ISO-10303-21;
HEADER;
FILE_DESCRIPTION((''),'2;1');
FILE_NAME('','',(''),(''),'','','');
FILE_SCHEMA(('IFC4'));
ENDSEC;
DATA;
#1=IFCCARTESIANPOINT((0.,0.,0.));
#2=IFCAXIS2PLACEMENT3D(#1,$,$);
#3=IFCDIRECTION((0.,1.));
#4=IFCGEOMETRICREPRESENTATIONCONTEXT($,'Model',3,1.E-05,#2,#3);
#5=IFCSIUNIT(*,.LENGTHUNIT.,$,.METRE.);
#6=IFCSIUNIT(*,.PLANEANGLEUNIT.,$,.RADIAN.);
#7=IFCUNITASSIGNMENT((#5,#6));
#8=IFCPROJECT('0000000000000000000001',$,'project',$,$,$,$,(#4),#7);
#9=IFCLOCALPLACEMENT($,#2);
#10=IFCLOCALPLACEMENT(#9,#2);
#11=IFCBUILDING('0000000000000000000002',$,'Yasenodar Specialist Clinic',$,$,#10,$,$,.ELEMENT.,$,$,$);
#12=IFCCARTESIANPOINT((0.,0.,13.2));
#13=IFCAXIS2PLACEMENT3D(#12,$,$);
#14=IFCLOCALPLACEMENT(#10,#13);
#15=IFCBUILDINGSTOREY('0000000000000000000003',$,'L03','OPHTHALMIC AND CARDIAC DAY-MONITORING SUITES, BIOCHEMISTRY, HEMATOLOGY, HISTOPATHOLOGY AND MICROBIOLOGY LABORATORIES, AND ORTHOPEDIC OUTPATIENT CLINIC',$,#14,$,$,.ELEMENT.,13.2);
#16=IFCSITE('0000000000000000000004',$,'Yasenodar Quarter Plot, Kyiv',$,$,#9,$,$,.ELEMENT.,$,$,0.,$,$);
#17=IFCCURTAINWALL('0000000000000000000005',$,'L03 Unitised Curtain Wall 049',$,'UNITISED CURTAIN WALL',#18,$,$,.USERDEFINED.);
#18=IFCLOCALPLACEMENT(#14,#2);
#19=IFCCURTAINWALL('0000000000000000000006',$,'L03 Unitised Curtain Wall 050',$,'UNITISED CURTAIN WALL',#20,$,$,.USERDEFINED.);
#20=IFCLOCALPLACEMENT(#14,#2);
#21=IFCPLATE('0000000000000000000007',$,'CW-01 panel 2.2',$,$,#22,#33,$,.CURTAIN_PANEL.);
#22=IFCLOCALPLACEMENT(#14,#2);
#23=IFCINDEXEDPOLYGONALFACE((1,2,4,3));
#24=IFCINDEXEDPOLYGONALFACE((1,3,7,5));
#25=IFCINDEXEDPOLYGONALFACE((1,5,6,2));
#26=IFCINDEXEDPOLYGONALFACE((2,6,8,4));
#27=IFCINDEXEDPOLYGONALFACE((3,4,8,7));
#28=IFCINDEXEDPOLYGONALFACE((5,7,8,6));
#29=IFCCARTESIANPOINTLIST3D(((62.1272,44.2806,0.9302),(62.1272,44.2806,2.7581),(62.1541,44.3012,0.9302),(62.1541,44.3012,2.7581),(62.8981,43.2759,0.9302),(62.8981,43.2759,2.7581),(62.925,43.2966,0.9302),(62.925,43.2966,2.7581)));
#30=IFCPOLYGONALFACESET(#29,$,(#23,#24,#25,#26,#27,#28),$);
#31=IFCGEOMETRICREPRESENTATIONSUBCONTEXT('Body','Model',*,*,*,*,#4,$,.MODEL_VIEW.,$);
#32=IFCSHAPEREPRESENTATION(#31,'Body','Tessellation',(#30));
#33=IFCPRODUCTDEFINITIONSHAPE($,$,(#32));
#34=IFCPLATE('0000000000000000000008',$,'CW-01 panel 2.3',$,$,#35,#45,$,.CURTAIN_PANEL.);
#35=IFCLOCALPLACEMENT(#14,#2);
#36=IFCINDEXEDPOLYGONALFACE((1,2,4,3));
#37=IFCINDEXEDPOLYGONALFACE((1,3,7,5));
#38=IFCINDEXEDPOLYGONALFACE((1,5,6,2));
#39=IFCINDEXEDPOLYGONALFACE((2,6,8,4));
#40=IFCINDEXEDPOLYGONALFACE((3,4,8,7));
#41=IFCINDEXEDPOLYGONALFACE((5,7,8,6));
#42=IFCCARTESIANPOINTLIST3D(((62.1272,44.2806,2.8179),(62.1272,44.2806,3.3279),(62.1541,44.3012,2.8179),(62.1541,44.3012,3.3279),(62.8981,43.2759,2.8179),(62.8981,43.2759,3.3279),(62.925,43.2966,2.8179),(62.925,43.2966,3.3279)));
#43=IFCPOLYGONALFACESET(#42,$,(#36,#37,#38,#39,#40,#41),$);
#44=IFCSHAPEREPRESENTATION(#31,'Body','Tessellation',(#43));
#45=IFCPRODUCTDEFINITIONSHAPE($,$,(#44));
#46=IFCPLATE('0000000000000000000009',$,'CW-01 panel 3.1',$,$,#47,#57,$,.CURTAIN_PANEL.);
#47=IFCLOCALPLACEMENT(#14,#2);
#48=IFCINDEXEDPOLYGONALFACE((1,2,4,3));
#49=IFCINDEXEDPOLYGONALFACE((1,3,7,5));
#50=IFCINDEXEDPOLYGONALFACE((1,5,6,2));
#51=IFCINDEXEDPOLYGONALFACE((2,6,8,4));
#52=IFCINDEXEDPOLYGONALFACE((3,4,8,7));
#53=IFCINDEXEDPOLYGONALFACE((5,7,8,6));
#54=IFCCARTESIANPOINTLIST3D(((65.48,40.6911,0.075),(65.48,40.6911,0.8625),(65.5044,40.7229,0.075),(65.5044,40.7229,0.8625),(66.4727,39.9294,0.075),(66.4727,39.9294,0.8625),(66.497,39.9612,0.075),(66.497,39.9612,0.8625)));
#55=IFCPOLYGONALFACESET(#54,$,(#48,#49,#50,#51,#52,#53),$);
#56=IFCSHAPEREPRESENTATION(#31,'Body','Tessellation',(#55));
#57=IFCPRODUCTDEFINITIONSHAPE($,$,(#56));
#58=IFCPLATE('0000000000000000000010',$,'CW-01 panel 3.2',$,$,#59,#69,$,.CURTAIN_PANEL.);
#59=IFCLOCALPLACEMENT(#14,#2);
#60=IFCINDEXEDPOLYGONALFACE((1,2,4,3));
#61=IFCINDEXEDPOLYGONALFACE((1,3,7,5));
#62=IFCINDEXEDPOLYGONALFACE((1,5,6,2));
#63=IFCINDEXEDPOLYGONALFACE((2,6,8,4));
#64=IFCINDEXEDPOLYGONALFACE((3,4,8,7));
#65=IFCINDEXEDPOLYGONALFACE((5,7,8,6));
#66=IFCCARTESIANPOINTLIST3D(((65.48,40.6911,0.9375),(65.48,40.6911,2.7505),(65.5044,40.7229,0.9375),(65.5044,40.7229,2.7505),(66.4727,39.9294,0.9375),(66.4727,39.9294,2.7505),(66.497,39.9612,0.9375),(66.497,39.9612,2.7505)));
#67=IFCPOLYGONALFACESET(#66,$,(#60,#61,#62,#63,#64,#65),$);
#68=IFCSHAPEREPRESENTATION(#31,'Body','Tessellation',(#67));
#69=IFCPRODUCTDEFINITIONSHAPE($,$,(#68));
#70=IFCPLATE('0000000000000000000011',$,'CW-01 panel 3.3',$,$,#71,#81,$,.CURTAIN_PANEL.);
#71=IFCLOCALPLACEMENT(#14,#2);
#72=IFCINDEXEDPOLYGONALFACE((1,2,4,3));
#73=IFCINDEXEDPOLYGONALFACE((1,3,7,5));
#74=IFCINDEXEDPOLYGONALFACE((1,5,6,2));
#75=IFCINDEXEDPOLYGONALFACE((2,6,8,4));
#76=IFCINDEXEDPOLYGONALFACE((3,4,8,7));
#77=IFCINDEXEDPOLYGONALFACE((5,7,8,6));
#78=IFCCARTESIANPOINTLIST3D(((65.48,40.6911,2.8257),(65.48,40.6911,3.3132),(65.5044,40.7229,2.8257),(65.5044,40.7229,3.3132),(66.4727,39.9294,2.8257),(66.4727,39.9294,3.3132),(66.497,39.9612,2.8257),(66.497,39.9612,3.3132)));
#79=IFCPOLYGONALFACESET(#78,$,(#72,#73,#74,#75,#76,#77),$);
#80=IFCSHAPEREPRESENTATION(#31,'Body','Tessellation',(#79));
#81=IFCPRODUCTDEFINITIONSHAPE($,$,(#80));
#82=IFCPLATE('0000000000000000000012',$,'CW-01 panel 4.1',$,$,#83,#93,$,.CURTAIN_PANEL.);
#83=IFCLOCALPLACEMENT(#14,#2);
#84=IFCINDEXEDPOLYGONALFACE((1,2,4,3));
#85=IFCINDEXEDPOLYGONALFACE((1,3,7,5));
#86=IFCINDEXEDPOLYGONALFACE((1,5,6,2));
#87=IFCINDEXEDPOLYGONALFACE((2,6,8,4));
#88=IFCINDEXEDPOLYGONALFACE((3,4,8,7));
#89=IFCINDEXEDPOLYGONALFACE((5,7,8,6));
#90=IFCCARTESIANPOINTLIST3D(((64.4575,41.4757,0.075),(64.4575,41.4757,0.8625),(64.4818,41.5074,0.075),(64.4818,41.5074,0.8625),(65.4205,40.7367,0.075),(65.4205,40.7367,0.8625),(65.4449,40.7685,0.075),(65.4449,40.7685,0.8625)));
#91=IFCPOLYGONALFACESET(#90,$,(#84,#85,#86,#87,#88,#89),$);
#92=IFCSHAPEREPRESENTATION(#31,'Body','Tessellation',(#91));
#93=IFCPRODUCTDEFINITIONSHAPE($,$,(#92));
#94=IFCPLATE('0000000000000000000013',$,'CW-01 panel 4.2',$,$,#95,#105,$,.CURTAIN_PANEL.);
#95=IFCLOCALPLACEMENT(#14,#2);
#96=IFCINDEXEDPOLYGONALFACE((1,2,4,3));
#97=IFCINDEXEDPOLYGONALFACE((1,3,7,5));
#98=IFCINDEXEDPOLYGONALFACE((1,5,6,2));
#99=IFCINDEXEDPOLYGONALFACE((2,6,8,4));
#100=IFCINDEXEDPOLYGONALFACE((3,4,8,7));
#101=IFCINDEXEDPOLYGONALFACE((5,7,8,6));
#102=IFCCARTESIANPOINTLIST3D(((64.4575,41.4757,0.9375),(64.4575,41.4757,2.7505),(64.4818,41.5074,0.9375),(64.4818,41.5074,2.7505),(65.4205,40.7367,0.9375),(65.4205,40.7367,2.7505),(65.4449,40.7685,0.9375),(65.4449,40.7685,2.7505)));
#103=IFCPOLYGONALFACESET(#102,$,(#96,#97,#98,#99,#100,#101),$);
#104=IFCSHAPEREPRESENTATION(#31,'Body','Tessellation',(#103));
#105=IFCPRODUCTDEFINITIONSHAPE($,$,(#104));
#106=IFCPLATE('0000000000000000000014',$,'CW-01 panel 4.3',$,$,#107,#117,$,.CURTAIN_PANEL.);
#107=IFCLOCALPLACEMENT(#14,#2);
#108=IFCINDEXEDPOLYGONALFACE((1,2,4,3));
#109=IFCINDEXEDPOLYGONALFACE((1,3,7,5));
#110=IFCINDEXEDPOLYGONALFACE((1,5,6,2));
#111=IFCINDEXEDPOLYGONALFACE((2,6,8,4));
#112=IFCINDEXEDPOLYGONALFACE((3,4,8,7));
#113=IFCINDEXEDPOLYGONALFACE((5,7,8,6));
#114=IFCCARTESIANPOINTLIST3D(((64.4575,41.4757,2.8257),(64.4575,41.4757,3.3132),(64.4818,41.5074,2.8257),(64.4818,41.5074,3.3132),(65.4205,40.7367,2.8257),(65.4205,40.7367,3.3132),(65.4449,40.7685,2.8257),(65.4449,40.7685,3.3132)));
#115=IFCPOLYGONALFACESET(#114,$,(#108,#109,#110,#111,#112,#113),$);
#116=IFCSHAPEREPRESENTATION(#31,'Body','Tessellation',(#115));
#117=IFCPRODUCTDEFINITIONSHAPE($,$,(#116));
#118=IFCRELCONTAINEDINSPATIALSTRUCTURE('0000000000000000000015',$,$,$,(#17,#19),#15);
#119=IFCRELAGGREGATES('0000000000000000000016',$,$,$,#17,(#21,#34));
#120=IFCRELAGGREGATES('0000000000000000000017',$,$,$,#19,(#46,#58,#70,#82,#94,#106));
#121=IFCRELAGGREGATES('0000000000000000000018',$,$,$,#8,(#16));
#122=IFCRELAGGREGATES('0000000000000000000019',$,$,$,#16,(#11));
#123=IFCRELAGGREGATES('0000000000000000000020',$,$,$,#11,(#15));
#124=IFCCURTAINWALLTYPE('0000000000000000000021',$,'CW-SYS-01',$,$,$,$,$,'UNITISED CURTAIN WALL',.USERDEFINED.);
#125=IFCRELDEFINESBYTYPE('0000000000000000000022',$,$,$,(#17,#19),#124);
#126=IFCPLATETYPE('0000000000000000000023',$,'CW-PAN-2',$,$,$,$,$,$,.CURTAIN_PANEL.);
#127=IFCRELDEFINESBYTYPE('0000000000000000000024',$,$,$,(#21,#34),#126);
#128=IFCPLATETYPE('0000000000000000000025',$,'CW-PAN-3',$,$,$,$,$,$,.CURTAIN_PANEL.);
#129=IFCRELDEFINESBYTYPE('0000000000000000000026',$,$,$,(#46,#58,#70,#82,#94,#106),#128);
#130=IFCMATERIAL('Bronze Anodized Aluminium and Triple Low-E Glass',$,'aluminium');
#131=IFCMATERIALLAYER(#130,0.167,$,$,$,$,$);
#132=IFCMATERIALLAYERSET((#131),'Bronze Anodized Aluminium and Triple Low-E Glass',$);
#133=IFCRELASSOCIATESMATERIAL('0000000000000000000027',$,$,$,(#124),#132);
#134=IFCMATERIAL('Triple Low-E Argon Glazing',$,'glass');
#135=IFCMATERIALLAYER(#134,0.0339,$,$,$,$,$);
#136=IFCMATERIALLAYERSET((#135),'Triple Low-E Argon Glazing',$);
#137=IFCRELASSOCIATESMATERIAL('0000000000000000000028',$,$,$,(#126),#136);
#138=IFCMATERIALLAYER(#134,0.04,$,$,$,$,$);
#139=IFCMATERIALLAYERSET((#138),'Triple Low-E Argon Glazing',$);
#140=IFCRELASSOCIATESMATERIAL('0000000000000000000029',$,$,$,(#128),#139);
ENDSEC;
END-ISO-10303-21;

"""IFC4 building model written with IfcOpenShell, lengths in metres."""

from ifc_helpers import new_model, si_unit, direction, frame, origin, origin_2d, place, context, subcontext, project, spatial, rectangle, extrude, material, layer, layer_set, type_object, element, aggregate, save


model = new_model("IFC4")

# Units and contexts
model_context = context("Model", 3, precision=1e-05, world=origin(), true_north=direction((0.0, 1.0)))
body_context = subcontext(model_context, "Body", "Model", "MODEL_VIEW")
ifc_project = project(units=[si_unit("LENGTHUNIT", "METRE"), si_unit("PLANEANGLEUNIT", "RADIAN")], contexts=[model_context])

# Site, building, storey
site_placement = place(None, origin())
site = spatial("IfcSite", under=ifc_project, at=site_placement, Name="Yasenodar Quarter Plot, Kyiv", CompositionType="ELEMENT", RefElevation=0.0)
building_placement = place(site_placement, origin())
building = spatial("IfcBuilding", under=site, at=building_placement, Name="Yasenodar Specialist Clinic", CompositionType="ELEMENT")
storey_placement = place(building_placement, frame((0.0, 0.0, 13.2)))
storey = spatial("IfcBuildingStorey", under=building, at=storey_placement, Name="L03", Description="OPHTHALMIC AND CARDIAC DAY-MONITORING SUITES, BIOCHEMISTRY, HEMATOLOGY, HISTOPATHOLOGY AND MICROBIOLOGY LABORATORIES, AND ORTHOPEDIC OUTPATIENT CLINIC", CompositionType="ELEMENT", Elevation=13.2)

# Curtain walls
ifc_material_1 = material(Name="Bronze Anodized Aluminium and Triple Low-E Glass", Category="aluminium")
ifc_layer_1 = layer(ifc_material_1, 0.167)
ifc_layer_set_1 = layer_set([ifc_layer_1], Name="Bronze Anodized Aluminium and Triple Low-E Glass")
curtain_wall_type = type_object("IfcCurtainWallType", Name="CW-SYS-01", ElementType="UNITISED CURTAIN WALL", PredefinedType="USERDEFINED", material=ifc_layer_set_1)
curtain_wall_1_placement = place(storey_placement, origin())
curtain_wall_1 = element("IfcCurtainWall", 1, at=curtain_wall_1_placement, inside=storey, type_object=curtain_wall_type, Name="L03 Unitised Curtain Wall 049", ObjectType="UNITISED CURTAIN WALL", PredefinedType="USERDEFINED")
curtain_wall_2_placement = place(storey_placement, origin())
curtain_wall_2 = element("IfcCurtainWall", 2, at=curtain_wall_2_placement, inside=storey, type_object=curtain_wall_type, Name="L03 Unitised Curtain Wall 050", ObjectType="UNITISED CURTAIN WALL", PredefinedType="USERDEFINED")

# Plates
ifc_material_2 = material(Name="Triple Low-E Argon Glazing", Category="glass")
ifc_layer_2 = layer(ifc_material_2, 0.0339)
ifc_layer_set_2 = layer_set([ifc_layer_2], Name="Triple Low-E Argon Glazing")
plate_type_1 = type_object("IfcPlateType", Name="CW-PAN-2", PredefinedType="CURTAIN_PANEL", material=ifc_layer_set_2)
plate_1_placement = place(storey_placement, frame((62.5261, 43.7886, 0.9302), z_axis=(0.0, 0.0, 1.0), x_axis=(-0.608752, 0.793361, 0.0)))
plate_1 = element("IfcPlate", 3, at=plate_1_placement, type_object=plate_type_1, Name="CW-01 panel 2.2", PredefinedType="CURTAIN_PANEL", context=body_context, shape_type="SweptSolid", body=[
    extrude(rectangle(XDim=1.2664, YDim=0.0339, at=origin_2d()), origin(), (0.0, 0.0, 1.0), 1.8279),
])
plate_2_placement = place(storey_placement, frame((62.5261, 43.7886, 2.8179), z_axis=(0.0, 0.0, 1.0), x_axis=(-0.608752, 0.793361, 0.0)))
plate_2 = element("IfcPlate", 4, at=plate_2_placement, type_object=plate_type_1, Name="CW-01 panel 2.3", PredefinedType="CURTAIN_PANEL", context=body_context, shape_type="SweptSolid", body=[
    extrude(rectangle(XDim=1.2664, YDim=0.0339, at=origin_2d()), origin(), (0.0, 0.0, 1.0), 0.51),
])
aggregate(curtain_wall_1, [plate_1, plate_2])
ifc_layer_3 = layer(ifc_material_2, 0.04)
ifc_layer_set_3 = layer_set([ifc_layer_3], Name="Triple Low-E Argon Glazing")
plate_type_2 = type_object("IfcPlateType", Name="CW-PAN-3", PredefinedType="CURTAIN_PANEL", material=ifc_layer_set_3)
plate_3_placement = place(storey_placement, frame((65.9885, 40.3262, 0.075), z_axis=(0.0, 0.0, 1.0), x_axis=(-0.793361, 0.608752, 0.0)))
plate_3 = element("IfcPlate", 5, at=plate_3_placement, type_object=plate_type_2, Name="CW-01 panel 3.1", PredefinedType="CURTAIN_PANEL", context=body_context, shape_type="SweptSolid", body=[
    extrude(rectangle(XDim=1.2512, YDim=0.04, at=origin_2d()), origin(), (0.0, 0.0, 1.0), 0.7876),
])
plate_4_placement = place(storey_placement, frame((65.9885, 40.3262, 0.9375), z_axis=(0.0, 0.0, 1.0), x_axis=(-0.793361, 0.608752, 0.0)))
plate_4 = element("IfcPlate", 6, at=plate_4_placement, type_object=plate_type_2, Name="CW-01 panel 3.2", PredefinedType="CURTAIN_PANEL", context=body_context, shape_type="SweptSolid", body=[
    extrude(rectangle(XDim=1.2512, YDim=0.04, at=origin_2d()), origin(), (0.0, 0.0, 1.0), 1.813),
])
plate_5_placement = place(storey_placement, frame((65.9885, 40.3262, 2.8257), z_axis=(0.0, 0.0, 1.0), x_axis=(-0.793361, 0.608752, 0.0)))
plate_5 = element("IfcPlate", 7, at=plate_5_placement, type_object=plate_type_2, Name="CW-01 panel 3.3", PredefinedType="CURTAIN_PANEL", context=body_context, shape_type="SweptSolid", body=[
    extrude(rectangle(XDim=1.2512, YDim=0.04, at=origin_2d()), origin(), (0.0, 0.0, 1.0), 0.4875),
])
plate_6_placement = place(storey_placement, frame((64.9512, 41.1221, 0.075), z_axis=(0.0, 0.0, 1.0), x_axis=(-0.793361, 0.608752, 0.0)))
plate_6 = element("IfcPlate", 8, at=plate_6_placement, type_object=plate_type_2, Name="CW-01 panel 4.1", PredefinedType="CURTAIN_PANEL", context=body_context, shape_type="SweptSolid", body=[
    extrude(rectangle(XDim=1.2139, YDim=0.04, at=origin_2d()), origin(), (0.0, 0.0, 1.0), 0.7876),
])
plate_7_placement = place(storey_placement, frame((64.9512, 41.1221, 0.9375), z_axis=(0.0, 0.0, 1.0), x_axis=(-0.793361, 0.608752, 0.0)))
plate_7 = element("IfcPlate", 9, at=plate_7_placement, type_object=plate_type_2, Name="CW-01 panel 4.2", PredefinedType="CURTAIN_PANEL", context=body_context, shape_type="SweptSolid", body=[
    extrude(rectangle(XDim=1.2139, YDim=0.04, at=origin_2d()), origin(), (0.0, 0.0, 1.0), 1.813),
])
plate_8_placement = place(storey_placement, frame((64.9512, 41.1221, 2.8257), z_axis=(0.0, 0.0, 1.0), x_axis=(-0.793361, 0.608752, 0.0)))
plate_8 = element("IfcPlate", 10, at=plate_8_placement, type_object=plate_type_2, Name="CW-01 panel 4.3", PredefinedType="CURTAIN_PANEL", context=body_context, shape_type="SweptSolid", body=[
    extrude(rectangle(XDim=1.2139, YDim=0.04, at=origin_2d()), origin(), (0.0, 0.0, 1.0), 0.4875),
])
aggregate(curtain_wall_2, [plate_3, plate_4, plate_5, plate_6, plate_7, plate_8])

save(model, "model.ifc")
